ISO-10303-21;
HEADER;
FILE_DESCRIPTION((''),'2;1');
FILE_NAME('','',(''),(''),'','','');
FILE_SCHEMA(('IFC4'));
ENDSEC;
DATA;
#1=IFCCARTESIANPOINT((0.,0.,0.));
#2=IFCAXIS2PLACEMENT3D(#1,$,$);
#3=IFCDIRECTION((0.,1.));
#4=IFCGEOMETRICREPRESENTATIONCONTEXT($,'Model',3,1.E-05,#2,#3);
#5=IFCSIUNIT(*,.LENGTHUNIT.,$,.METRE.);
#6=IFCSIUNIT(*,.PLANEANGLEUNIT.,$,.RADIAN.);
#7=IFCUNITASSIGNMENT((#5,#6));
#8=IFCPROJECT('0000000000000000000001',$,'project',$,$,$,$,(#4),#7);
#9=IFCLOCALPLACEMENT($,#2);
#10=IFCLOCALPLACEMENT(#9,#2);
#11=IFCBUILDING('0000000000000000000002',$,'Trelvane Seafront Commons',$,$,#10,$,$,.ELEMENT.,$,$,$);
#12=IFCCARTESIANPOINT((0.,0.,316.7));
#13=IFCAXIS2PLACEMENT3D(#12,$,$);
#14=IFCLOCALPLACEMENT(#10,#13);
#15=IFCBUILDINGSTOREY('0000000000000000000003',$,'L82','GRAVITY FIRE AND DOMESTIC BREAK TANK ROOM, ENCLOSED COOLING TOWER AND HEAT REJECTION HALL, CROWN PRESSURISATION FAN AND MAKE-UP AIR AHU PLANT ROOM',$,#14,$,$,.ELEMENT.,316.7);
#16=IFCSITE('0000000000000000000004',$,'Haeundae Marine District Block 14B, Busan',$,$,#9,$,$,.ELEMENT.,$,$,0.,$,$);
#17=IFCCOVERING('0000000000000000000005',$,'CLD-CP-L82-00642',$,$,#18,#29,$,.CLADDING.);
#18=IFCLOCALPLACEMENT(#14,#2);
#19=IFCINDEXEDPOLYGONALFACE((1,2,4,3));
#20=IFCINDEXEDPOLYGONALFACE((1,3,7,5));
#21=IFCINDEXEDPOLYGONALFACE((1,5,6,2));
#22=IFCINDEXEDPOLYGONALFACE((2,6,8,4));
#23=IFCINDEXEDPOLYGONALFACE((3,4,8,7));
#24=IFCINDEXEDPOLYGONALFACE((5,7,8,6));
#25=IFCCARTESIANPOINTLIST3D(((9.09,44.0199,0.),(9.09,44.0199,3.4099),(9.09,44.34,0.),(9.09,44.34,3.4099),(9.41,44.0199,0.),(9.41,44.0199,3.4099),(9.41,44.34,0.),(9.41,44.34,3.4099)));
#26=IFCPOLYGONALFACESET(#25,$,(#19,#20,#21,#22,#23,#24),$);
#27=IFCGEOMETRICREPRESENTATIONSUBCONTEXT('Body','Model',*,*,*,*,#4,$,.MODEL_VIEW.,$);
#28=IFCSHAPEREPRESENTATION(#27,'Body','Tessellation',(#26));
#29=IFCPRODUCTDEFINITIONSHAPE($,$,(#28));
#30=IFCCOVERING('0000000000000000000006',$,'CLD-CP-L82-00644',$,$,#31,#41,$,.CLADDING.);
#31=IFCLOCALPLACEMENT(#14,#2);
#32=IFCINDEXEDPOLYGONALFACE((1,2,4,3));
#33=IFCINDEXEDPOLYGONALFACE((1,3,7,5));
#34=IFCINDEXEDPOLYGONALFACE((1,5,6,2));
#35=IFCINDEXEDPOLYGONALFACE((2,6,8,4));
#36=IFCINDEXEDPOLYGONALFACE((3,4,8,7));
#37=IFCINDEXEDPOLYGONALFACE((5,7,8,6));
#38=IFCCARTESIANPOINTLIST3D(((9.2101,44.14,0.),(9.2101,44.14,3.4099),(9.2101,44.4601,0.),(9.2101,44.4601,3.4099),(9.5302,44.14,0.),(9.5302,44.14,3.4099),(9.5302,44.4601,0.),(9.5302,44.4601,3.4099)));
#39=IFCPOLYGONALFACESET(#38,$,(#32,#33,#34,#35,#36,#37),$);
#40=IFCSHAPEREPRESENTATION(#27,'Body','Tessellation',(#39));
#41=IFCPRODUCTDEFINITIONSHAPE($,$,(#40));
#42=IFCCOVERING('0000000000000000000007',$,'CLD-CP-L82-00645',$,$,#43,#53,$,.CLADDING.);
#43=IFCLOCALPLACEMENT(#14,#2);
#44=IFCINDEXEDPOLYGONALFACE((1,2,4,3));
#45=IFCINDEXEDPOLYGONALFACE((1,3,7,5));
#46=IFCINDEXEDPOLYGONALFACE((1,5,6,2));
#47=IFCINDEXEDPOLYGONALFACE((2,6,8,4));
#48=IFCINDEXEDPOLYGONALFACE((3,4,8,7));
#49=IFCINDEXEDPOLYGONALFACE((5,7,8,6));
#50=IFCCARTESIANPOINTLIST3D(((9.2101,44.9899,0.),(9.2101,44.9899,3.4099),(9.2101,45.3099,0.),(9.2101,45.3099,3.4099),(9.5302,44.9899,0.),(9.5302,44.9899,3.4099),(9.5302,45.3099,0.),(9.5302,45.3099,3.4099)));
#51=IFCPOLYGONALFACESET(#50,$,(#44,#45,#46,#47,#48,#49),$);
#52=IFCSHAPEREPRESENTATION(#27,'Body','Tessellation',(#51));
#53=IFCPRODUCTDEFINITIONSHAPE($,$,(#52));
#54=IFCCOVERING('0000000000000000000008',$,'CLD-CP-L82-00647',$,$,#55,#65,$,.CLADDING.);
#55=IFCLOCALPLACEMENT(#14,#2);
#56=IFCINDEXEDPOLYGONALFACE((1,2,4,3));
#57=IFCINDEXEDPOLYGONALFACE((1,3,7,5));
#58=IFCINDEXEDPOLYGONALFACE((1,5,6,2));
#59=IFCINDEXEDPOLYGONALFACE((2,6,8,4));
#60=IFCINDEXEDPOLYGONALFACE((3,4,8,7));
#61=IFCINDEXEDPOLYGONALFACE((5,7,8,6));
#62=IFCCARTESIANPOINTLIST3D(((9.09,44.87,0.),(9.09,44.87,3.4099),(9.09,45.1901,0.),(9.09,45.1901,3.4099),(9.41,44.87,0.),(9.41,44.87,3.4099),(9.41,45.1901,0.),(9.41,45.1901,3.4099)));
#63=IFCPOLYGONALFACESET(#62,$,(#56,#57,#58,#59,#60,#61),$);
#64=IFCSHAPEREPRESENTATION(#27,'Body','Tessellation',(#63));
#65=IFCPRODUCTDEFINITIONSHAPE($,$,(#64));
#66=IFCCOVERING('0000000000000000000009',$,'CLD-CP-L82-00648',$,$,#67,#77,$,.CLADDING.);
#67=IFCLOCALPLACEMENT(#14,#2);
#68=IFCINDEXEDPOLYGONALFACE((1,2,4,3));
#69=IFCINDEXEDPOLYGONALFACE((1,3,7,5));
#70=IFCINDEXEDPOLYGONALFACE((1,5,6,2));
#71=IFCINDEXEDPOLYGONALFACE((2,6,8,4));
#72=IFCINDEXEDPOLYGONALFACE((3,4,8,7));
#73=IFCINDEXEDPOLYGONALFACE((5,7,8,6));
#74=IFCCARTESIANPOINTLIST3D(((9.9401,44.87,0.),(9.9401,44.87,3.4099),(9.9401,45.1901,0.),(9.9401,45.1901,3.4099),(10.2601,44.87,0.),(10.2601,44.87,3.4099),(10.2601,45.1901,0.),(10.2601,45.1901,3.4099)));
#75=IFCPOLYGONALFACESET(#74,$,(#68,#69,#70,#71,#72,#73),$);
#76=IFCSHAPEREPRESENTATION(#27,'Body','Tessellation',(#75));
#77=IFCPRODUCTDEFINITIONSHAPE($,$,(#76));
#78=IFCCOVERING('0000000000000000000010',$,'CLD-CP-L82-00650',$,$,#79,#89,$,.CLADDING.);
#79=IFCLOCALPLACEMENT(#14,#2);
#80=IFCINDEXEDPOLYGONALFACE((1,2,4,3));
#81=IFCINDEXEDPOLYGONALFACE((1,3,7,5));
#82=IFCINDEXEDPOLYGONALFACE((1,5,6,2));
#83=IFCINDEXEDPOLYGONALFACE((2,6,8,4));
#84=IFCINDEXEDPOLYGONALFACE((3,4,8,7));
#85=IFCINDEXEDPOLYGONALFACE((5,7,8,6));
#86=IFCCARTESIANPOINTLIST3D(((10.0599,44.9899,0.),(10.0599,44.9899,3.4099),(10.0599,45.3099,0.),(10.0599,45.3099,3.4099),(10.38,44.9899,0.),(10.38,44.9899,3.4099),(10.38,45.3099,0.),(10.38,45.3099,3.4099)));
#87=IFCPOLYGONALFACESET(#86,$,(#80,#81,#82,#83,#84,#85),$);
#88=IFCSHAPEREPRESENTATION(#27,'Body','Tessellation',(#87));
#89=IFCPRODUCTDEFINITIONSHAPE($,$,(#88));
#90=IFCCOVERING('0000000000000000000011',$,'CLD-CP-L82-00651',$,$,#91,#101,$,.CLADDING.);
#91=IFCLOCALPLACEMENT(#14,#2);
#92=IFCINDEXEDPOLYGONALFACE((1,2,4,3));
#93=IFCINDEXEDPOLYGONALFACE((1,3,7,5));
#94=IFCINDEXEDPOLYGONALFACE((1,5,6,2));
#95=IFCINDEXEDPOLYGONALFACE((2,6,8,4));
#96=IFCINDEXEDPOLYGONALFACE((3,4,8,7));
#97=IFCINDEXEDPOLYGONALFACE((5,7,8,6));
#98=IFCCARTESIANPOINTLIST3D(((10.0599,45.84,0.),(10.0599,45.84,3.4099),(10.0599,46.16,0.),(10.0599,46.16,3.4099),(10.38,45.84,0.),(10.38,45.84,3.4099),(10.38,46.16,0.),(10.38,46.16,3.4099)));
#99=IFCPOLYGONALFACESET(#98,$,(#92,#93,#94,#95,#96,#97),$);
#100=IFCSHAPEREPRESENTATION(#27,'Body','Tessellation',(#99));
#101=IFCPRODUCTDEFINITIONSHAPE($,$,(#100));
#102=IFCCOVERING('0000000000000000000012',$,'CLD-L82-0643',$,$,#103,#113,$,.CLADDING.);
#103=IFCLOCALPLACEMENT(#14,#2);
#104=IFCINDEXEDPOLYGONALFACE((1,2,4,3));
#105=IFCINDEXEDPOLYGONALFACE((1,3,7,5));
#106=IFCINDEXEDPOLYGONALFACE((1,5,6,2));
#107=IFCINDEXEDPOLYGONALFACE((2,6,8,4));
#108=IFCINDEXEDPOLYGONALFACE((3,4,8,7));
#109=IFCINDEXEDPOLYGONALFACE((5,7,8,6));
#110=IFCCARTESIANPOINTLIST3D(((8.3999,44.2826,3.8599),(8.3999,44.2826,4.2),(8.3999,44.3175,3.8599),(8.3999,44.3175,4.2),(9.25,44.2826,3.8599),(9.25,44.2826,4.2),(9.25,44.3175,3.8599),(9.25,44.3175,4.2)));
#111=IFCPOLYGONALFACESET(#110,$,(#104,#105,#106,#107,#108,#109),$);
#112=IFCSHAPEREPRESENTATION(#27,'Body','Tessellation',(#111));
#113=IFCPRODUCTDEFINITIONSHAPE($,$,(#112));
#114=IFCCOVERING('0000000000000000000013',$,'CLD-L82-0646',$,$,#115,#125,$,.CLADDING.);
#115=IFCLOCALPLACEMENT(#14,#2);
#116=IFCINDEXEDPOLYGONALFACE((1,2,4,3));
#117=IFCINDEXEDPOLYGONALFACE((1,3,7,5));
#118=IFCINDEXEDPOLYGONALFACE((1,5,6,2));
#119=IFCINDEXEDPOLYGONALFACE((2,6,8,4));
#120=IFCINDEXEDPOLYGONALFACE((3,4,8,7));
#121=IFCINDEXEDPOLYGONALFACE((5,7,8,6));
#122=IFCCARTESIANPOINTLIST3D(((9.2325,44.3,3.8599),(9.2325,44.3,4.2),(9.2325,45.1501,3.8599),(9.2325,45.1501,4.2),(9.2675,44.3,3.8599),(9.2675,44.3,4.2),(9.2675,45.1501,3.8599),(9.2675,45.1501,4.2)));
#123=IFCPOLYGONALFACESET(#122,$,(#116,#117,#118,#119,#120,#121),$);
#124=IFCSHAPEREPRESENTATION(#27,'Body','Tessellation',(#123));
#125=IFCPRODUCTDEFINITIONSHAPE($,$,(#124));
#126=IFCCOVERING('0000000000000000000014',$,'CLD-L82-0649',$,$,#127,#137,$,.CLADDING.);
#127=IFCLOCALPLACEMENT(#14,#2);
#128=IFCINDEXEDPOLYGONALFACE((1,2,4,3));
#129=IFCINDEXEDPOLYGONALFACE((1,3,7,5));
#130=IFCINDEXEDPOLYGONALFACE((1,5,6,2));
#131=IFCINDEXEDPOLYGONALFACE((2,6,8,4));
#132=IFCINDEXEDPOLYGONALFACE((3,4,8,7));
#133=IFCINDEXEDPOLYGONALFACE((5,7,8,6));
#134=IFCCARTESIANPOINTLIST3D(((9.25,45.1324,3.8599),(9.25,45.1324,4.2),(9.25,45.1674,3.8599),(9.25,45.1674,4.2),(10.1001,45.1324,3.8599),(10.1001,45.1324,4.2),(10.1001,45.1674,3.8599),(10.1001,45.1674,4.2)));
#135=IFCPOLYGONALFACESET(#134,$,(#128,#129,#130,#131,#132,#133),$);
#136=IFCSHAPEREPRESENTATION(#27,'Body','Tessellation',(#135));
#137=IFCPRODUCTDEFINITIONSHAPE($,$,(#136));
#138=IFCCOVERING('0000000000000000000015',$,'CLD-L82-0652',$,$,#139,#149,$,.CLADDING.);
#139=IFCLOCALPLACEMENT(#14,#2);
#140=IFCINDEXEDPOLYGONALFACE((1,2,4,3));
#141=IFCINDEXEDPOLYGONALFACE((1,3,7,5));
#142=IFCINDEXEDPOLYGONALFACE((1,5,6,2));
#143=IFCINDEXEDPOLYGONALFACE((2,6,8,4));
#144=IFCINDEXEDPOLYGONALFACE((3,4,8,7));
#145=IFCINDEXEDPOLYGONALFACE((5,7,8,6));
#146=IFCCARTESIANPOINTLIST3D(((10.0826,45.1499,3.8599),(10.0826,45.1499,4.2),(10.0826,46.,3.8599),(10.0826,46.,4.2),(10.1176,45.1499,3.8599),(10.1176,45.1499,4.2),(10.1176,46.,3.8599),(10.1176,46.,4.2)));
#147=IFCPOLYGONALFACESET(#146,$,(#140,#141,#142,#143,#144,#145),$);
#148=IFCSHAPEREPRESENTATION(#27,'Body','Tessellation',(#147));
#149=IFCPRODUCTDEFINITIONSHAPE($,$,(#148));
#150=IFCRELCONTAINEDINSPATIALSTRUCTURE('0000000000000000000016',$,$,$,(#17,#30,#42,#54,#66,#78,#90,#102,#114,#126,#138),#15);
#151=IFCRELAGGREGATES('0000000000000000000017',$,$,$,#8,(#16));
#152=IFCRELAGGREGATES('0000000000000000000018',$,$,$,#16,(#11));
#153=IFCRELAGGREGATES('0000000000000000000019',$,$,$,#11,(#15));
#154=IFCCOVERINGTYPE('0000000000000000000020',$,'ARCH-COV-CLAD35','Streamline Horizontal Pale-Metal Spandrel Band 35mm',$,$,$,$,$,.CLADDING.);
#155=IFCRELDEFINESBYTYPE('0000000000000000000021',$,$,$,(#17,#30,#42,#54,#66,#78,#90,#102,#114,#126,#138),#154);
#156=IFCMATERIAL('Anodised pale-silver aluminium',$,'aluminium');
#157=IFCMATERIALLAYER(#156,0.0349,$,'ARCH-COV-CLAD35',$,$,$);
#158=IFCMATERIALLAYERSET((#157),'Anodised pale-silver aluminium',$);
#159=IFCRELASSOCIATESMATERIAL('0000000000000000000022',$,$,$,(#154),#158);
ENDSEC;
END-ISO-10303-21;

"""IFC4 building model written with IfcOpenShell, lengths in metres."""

from ifc_helpers import new_model, si_unit, direction, frame, origin, origin_2d, place, context, subcontext, project, spatial, rectangle, extrude, source, transform, mapped, material, layer, layer_set, type_object, element, save


model = new_model("IFC4")

# Units and contexts
model_context = context("Model", 3, precision=1e-05, world=origin(), true_north=direction((0.0, 1.0)))
body_context = subcontext(model_context, "Body", "Model", "MODEL_VIEW")
ifc_project = project(units=[si_unit("LENGTHUNIT", "METRE"), si_unit("PLANEANGLEUNIT", "RADIAN")], contexts=[model_context])

# Site, building, storey
site_placement = place(None, origin())
site = spatial("IfcSite", under=ifc_project, at=site_placement, Name="Haeundae Marine District Block 14B, Busan", CompositionType="ELEMENT", RefElevation=0.0)
building_placement = place(site_placement, origin())
building = spatial("IfcBuilding", under=site, at=building_placement, Name="Trelvane Seafront Commons", CompositionType="ELEMENT")
storey_placement = place(building_placement, frame((0.0, 0.0, 316.7)))
storey = spatial("IfcBuildingStorey", under=building, at=storey_placement, Name="L82", Description="GRAVITY FIRE AND DOMESTIC BREAK TANK ROOM, ENCLOSED COOLING TOWER AND HEAT REJECTION HALL, CROWN PRESSURISATION FAN AND MAKE-UP AIR AHU PLANT ROOM", CompositionType="ELEMENT", Elevation=316.7)

# Shared definitions
ifc_material_1 = material(Name="Anodised pale-silver aluminium", Category="aluminium")

# Coverings
ifc_layer_1 = layer(ifc_material_1, 0.0349, Name="ARCH-COV-CLAD35")
ifc_layer_set_1 = layer_set([ifc_layer_1], Name="Anodised pale-silver aluminium")
covering_type = type_object("IfcCoveringType", Name="ARCH-COV-CLAD35", Description="Streamline Horizontal Pale-Metal Spandrel Band 35mm", PredefinedType="CLADDING", material=ifc_layer_set_1)
shared_shape_1 = source(origin(), body_context, "Body", "SweptSolid", [
    extrude(rectangle(XDim=0.3201, YDim=0.3201, at=origin_2d()), origin(), (0.0, 0.0, 1.0), 3.4099),
])
for number, where, z_axis, x_axis, name in (
    (1, (9.25, 44.1799, 0.0), (0.0, 0.0, 1.0), (1.0, 0.0, 0.0), "CLD-CP-L82-00642"),
    (2, (9.3701, 44.3, 0.0), (0.0, 0.0, 1.0), (1.0, 0.0, 0.0), "CLD-CP-L82-00644"),
    (3, (9.3701, 45.1499, 0.0), (0.0, 0.0, 1.0), (1.0, 0.0, 0.0), "CLD-CP-L82-00645"),
    (4, (9.25, 45.03, 0.0), (0.0, 0.0, 1.0), (1.0, 0.0, 0.0), "CLD-CP-L82-00647"),
    (5, (10.1001, 45.03, 0.0), (0.0, 0.0, 1.0), (1.0, 0.0, 0.0), "CLD-CP-L82-00648"),
    (6, (10.22, 45.1499, 0.0), (0.0, 0.0, 1.0), (1.0, 0.0, 0.0), "CLD-CP-L82-00650"),
    (7, (10.22, 46.0, 0.0), (0.0, 0.0, 1.0), (1.0, 0.0, 0.0), "CLD-CP-L82-00651"),
):
    element("IfcCovering", number, at=place(storey_placement, frame(where, z_axis=z_axis, x_axis=x_axis)), inside=storey, type_object=covering_type, Name=name, PredefinedType="CLADDING", context=body_context, shape_type="MappedRepresentation", body=[
        mapped(shared_shape_1, transform((0.0, 0.0, 0.0), x_axis=(1.0, 0.0, 0.0), y_axis=(0.0, 1.0, 0.0), z_axis=(0.0, 0.0, 1.0), scale=1.0)),
    ])
shared_shape_2 = source(origin(), body_context, "Body", "SweptSolid", [
    extrude(rectangle(XDim=0.8501, YDim=0.0349, at=origin_2d()), origin(), (0.0, 0.0, 1.0), 0.3401),
])
for number, where, z_axis, x_axis, name in (
    (8, (8.825, 44.3, 3.8599), (0.0, 0.0, 1.0), (1.0, 0.0, 0.0), "CLD-L82-0643"),
    (9, (9.25, 44.7251, 3.8599), (0.0, 0.0, 1.0), (0.0, 1.0, 0.0), "CLD-L82-0646"),
    (10, (9.675, 45.1499, 3.8599), (0.0, 0.0, 1.0), (1.0, 0.0, 0.0), "CLD-L82-0649"),
    (11, (10.1001, 45.575, 3.8599), (0.0, 0.0, 1.0), (0.0, 1.0, 0.0), "CLD-L82-0652"),
):
    element("IfcCovering", number, at=place(storey_placement, frame(where, z_axis=z_axis, x_axis=x_axis)), inside=storey, type_object=covering_type, Name=name, PredefinedType="CLADDING", context=body_context, shape_type="MappedRepresentation", body=[
        mapped(shared_shape_2, transform((0.0, 0.0, 0.0), x_axis=(1.0, 0.0, 0.0), y_axis=(0.0, 1.0, 0.0), z_axis=(0.0, 0.0, 1.0), scale=1.0)),
    ])

save(model, "model.ifc")
